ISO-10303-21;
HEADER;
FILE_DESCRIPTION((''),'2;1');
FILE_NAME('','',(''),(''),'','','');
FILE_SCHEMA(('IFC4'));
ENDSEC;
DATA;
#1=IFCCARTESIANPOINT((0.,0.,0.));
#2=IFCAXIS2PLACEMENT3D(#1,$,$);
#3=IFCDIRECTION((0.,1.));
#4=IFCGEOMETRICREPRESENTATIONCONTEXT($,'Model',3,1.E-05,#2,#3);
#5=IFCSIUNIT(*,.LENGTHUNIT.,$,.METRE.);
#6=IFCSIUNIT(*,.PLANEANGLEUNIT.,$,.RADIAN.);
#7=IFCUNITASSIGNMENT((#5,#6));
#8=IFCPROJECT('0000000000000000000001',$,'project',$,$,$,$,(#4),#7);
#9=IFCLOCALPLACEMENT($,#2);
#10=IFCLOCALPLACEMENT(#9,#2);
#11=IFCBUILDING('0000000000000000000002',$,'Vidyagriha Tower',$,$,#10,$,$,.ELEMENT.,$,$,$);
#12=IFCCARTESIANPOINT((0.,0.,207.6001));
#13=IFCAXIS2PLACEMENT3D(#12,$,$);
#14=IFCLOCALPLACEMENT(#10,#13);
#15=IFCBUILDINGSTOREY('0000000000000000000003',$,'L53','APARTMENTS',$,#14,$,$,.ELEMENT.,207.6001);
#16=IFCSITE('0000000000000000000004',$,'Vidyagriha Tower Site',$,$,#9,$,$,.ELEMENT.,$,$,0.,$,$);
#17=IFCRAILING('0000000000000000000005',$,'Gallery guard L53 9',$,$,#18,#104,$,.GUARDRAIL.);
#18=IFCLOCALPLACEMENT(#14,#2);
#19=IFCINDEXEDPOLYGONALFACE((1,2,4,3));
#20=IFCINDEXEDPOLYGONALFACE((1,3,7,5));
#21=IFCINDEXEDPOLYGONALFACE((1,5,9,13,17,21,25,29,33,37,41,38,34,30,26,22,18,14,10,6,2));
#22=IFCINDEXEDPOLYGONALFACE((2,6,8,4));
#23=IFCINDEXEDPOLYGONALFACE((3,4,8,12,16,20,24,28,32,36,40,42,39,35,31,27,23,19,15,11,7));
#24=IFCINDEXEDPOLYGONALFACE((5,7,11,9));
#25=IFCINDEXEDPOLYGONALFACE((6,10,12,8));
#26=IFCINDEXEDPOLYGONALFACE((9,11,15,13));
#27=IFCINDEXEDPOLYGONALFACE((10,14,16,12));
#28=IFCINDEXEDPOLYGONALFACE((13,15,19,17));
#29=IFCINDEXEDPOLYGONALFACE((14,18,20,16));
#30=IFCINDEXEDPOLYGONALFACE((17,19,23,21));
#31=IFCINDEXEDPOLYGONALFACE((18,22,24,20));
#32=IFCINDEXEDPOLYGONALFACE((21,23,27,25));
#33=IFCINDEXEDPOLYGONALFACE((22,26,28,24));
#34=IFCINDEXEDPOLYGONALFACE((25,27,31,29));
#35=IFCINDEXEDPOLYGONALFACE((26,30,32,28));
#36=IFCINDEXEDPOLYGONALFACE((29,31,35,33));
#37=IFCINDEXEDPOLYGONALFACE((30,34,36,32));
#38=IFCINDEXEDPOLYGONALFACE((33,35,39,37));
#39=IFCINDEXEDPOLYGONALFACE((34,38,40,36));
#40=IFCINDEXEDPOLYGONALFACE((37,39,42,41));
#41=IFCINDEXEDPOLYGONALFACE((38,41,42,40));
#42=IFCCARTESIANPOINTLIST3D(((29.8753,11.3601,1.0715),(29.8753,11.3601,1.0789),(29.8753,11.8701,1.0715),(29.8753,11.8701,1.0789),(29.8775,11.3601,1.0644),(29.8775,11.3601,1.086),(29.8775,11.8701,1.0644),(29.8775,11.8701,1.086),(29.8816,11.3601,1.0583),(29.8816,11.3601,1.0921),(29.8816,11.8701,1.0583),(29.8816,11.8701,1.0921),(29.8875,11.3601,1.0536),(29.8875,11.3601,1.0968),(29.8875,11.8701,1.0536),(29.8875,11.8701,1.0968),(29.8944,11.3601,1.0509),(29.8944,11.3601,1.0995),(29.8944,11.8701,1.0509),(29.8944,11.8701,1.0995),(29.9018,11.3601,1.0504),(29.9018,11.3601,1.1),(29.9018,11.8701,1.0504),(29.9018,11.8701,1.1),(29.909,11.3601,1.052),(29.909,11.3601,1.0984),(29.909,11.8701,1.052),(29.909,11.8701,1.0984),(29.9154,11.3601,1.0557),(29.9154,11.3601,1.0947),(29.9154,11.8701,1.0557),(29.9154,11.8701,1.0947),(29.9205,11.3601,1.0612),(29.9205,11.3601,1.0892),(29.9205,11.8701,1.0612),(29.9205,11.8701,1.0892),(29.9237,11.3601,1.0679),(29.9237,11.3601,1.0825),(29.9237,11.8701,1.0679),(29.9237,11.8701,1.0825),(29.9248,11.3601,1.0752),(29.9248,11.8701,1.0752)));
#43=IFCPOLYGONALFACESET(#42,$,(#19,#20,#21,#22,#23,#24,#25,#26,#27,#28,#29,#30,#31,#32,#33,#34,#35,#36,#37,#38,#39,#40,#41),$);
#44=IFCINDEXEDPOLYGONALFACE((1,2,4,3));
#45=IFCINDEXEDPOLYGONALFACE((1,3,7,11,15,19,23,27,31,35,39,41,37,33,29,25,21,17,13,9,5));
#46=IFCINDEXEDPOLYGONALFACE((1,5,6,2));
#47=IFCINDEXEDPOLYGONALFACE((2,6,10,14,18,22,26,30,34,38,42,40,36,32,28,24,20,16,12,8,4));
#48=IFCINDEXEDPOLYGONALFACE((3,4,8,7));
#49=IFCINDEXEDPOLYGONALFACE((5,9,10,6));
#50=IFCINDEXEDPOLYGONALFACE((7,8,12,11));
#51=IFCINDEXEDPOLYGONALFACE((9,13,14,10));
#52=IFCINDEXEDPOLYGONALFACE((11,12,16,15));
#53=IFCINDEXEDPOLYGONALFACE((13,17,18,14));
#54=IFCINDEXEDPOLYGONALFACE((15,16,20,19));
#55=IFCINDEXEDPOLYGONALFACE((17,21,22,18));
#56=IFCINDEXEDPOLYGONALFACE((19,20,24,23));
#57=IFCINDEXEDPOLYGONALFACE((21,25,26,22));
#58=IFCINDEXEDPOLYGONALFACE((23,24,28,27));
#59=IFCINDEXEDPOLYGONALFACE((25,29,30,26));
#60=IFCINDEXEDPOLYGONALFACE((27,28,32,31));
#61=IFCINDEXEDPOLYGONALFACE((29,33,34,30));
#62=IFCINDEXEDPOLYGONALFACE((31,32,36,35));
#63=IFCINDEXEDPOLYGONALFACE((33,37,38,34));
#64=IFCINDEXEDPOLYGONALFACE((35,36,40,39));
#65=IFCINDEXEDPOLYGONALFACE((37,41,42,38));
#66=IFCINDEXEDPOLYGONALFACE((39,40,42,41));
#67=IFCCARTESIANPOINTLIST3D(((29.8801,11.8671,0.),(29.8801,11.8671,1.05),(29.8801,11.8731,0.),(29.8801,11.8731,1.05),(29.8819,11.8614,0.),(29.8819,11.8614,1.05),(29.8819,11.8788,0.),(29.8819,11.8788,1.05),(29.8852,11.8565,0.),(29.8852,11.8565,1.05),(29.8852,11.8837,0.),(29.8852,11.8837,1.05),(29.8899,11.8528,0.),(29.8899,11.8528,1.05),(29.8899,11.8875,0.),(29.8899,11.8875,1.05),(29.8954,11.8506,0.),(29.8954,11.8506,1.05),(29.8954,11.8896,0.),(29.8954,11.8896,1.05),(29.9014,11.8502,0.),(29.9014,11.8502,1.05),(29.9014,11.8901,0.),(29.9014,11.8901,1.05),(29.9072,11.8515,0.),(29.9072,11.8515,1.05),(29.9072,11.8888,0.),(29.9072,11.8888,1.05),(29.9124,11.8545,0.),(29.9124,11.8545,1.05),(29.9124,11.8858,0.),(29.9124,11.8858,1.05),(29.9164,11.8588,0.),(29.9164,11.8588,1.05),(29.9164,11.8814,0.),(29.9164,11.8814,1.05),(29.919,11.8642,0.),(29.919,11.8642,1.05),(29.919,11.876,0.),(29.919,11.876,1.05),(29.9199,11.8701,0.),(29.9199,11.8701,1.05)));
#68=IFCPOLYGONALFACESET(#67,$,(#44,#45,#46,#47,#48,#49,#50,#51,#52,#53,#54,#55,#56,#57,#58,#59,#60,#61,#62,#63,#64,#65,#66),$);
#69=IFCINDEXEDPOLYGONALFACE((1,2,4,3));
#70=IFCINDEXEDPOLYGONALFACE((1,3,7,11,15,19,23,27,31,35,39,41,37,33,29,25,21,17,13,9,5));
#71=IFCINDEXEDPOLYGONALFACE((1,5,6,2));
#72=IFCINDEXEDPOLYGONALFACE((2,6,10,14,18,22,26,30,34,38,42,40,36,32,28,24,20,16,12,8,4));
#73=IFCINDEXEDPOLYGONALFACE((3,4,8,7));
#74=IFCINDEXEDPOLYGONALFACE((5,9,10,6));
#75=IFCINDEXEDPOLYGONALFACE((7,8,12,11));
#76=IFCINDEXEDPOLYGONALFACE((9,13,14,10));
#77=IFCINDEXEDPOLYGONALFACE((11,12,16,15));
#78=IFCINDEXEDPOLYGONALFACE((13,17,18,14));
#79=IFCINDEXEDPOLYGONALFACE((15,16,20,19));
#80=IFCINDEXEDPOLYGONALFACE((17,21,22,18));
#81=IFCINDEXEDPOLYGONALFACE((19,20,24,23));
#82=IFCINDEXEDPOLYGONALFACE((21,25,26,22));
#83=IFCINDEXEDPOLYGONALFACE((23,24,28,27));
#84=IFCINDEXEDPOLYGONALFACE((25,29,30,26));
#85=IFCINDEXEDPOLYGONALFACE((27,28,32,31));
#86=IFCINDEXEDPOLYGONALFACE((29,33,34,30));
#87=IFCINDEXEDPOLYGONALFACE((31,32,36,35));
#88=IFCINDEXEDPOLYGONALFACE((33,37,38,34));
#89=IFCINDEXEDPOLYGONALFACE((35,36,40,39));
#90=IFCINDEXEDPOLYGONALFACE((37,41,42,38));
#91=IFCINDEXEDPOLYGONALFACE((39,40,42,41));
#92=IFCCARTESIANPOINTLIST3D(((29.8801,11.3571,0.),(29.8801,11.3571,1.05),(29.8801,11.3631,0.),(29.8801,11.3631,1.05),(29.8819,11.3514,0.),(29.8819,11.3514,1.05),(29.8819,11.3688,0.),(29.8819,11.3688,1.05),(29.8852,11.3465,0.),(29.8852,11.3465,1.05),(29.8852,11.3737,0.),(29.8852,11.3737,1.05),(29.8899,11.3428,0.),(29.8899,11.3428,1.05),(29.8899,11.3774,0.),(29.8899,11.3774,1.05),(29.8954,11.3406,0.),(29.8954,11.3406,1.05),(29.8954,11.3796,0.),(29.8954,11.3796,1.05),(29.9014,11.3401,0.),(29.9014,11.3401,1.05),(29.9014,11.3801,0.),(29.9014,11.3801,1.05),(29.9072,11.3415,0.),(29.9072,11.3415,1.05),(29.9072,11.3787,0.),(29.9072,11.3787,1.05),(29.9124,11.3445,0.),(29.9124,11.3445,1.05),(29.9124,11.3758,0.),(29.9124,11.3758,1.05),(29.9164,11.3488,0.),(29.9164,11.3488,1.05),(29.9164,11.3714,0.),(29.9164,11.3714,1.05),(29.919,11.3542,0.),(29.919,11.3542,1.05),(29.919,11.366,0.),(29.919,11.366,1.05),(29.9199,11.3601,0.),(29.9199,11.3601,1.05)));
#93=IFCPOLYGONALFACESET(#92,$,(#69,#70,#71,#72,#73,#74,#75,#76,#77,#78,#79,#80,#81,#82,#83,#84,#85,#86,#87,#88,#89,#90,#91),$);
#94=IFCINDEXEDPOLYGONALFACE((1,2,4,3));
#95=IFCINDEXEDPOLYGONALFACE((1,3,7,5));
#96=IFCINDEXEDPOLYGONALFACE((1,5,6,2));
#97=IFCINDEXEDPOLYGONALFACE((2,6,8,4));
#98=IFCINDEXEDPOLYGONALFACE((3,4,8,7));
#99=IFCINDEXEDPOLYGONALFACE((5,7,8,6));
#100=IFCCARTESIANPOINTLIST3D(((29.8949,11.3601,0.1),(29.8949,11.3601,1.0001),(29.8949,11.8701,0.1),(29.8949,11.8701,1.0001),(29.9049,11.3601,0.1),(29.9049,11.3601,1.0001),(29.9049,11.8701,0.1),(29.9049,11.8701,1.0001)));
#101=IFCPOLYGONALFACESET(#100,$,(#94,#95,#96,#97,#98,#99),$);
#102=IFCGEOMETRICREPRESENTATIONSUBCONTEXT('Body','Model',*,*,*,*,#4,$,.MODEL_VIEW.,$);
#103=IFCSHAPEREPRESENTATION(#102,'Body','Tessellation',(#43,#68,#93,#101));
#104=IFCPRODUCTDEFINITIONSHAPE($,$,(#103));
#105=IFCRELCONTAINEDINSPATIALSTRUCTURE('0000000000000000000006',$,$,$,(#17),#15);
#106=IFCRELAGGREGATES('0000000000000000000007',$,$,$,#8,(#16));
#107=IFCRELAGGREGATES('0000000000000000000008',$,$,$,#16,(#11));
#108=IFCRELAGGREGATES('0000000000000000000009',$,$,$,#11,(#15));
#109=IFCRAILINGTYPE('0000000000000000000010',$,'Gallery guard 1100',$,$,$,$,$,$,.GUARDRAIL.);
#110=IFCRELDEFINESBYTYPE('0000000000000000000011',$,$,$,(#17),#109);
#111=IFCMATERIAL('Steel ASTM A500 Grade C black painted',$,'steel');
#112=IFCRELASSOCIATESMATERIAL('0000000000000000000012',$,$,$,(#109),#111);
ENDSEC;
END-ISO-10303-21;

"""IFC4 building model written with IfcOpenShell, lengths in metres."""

from ifc_helpers import new_model, si_unit, direction, frame, origin, origin_2d, place, context, subcontext, project, spatial, rectangle, circle, extrude, material, type_object, element, save


model = new_model("IFC4")

# Units and contexts
model_context = context("Model", 3, precision=1e-05, world=origin(), true_north=direction((0.0, 1.0)))
body_context = subcontext(model_context, "Body", "Model", "MODEL_VIEW")
ifc_project = project(units=[si_unit("LENGTHUNIT", "METRE"), si_unit("PLANEANGLEUNIT", "RADIAN")], contexts=[model_context])

# Site, building, storey
site_placement = place(None, origin())
site = spatial("IfcSite", under=ifc_project, at=site_placement, Name="Vidyagriha Tower Site", CompositionType="ELEMENT", RefElevation=0.0)
building_placement = place(site_placement, origin())
building = spatial("IfcBuilding", under=site, at=building_placement, Name="Vidyagriha Tower", CompositionType="ELEMENT")
storey_placement = place(building_placement, frame((0.0, 0.0, 207.6001)))
storey = spatial("IfcBuildingStorey", under=building, at=storey_placement, Name="L53", Description="APARTMENTS", CompositionType="ELEMENT", Elevation=207.6001)

# Railing
ifc_material_1 = material(Name="Steel ASTM A500 Grade C black painted", Category="steel")
railing_type_1 = type_object("IfcRailingType", Name="Gallery guard 1100", PredefinedType="GUARDRAIL", material=ifc_material_1)
railing_1_placement = place(storey_placement, frame((29.8999, 11.8701, 0.0)))
element("IfcRailing", 1, at=railing_1_placement, inside=storey, type_object=railing_type_1, Name="Gallery guard L53 9", PredefinedType="GUARDRAIL", context=body_context, shape_type="SweptSolid", body=[
    extrude(circle(Radius=0.0249, at=origin_2d()), frame((0.0, 0.0, 1.0752), z_axis=(0.0, -1.0, 0.0), x_axis=(1.0, 0.0, 0.0)), (0.0, 0.0, 1.0), 0.51),
    extrude(circle(Radius=0.02, at=origin_2d()), origin(), (0.0, 0.0, 1.0), 1.05),
    extrude(circle(Radius=0.02, at=origin_2d()), frame((0.0, -0.51, 0.0)), (0.0, 0.0, 1.0), 1.05),
    extrude(rectangle(XDim=0.01, YDim=0.9001, at=origin_2d()), frame((0.0, 0.0, 0.55), z_axis=(0.0, -1.0, 0.0), x_axis=(1.0, 0.0, 0.0)), (0.0, 0.0, 1.0), 0.51),
])

save(model, "model.ifc")
